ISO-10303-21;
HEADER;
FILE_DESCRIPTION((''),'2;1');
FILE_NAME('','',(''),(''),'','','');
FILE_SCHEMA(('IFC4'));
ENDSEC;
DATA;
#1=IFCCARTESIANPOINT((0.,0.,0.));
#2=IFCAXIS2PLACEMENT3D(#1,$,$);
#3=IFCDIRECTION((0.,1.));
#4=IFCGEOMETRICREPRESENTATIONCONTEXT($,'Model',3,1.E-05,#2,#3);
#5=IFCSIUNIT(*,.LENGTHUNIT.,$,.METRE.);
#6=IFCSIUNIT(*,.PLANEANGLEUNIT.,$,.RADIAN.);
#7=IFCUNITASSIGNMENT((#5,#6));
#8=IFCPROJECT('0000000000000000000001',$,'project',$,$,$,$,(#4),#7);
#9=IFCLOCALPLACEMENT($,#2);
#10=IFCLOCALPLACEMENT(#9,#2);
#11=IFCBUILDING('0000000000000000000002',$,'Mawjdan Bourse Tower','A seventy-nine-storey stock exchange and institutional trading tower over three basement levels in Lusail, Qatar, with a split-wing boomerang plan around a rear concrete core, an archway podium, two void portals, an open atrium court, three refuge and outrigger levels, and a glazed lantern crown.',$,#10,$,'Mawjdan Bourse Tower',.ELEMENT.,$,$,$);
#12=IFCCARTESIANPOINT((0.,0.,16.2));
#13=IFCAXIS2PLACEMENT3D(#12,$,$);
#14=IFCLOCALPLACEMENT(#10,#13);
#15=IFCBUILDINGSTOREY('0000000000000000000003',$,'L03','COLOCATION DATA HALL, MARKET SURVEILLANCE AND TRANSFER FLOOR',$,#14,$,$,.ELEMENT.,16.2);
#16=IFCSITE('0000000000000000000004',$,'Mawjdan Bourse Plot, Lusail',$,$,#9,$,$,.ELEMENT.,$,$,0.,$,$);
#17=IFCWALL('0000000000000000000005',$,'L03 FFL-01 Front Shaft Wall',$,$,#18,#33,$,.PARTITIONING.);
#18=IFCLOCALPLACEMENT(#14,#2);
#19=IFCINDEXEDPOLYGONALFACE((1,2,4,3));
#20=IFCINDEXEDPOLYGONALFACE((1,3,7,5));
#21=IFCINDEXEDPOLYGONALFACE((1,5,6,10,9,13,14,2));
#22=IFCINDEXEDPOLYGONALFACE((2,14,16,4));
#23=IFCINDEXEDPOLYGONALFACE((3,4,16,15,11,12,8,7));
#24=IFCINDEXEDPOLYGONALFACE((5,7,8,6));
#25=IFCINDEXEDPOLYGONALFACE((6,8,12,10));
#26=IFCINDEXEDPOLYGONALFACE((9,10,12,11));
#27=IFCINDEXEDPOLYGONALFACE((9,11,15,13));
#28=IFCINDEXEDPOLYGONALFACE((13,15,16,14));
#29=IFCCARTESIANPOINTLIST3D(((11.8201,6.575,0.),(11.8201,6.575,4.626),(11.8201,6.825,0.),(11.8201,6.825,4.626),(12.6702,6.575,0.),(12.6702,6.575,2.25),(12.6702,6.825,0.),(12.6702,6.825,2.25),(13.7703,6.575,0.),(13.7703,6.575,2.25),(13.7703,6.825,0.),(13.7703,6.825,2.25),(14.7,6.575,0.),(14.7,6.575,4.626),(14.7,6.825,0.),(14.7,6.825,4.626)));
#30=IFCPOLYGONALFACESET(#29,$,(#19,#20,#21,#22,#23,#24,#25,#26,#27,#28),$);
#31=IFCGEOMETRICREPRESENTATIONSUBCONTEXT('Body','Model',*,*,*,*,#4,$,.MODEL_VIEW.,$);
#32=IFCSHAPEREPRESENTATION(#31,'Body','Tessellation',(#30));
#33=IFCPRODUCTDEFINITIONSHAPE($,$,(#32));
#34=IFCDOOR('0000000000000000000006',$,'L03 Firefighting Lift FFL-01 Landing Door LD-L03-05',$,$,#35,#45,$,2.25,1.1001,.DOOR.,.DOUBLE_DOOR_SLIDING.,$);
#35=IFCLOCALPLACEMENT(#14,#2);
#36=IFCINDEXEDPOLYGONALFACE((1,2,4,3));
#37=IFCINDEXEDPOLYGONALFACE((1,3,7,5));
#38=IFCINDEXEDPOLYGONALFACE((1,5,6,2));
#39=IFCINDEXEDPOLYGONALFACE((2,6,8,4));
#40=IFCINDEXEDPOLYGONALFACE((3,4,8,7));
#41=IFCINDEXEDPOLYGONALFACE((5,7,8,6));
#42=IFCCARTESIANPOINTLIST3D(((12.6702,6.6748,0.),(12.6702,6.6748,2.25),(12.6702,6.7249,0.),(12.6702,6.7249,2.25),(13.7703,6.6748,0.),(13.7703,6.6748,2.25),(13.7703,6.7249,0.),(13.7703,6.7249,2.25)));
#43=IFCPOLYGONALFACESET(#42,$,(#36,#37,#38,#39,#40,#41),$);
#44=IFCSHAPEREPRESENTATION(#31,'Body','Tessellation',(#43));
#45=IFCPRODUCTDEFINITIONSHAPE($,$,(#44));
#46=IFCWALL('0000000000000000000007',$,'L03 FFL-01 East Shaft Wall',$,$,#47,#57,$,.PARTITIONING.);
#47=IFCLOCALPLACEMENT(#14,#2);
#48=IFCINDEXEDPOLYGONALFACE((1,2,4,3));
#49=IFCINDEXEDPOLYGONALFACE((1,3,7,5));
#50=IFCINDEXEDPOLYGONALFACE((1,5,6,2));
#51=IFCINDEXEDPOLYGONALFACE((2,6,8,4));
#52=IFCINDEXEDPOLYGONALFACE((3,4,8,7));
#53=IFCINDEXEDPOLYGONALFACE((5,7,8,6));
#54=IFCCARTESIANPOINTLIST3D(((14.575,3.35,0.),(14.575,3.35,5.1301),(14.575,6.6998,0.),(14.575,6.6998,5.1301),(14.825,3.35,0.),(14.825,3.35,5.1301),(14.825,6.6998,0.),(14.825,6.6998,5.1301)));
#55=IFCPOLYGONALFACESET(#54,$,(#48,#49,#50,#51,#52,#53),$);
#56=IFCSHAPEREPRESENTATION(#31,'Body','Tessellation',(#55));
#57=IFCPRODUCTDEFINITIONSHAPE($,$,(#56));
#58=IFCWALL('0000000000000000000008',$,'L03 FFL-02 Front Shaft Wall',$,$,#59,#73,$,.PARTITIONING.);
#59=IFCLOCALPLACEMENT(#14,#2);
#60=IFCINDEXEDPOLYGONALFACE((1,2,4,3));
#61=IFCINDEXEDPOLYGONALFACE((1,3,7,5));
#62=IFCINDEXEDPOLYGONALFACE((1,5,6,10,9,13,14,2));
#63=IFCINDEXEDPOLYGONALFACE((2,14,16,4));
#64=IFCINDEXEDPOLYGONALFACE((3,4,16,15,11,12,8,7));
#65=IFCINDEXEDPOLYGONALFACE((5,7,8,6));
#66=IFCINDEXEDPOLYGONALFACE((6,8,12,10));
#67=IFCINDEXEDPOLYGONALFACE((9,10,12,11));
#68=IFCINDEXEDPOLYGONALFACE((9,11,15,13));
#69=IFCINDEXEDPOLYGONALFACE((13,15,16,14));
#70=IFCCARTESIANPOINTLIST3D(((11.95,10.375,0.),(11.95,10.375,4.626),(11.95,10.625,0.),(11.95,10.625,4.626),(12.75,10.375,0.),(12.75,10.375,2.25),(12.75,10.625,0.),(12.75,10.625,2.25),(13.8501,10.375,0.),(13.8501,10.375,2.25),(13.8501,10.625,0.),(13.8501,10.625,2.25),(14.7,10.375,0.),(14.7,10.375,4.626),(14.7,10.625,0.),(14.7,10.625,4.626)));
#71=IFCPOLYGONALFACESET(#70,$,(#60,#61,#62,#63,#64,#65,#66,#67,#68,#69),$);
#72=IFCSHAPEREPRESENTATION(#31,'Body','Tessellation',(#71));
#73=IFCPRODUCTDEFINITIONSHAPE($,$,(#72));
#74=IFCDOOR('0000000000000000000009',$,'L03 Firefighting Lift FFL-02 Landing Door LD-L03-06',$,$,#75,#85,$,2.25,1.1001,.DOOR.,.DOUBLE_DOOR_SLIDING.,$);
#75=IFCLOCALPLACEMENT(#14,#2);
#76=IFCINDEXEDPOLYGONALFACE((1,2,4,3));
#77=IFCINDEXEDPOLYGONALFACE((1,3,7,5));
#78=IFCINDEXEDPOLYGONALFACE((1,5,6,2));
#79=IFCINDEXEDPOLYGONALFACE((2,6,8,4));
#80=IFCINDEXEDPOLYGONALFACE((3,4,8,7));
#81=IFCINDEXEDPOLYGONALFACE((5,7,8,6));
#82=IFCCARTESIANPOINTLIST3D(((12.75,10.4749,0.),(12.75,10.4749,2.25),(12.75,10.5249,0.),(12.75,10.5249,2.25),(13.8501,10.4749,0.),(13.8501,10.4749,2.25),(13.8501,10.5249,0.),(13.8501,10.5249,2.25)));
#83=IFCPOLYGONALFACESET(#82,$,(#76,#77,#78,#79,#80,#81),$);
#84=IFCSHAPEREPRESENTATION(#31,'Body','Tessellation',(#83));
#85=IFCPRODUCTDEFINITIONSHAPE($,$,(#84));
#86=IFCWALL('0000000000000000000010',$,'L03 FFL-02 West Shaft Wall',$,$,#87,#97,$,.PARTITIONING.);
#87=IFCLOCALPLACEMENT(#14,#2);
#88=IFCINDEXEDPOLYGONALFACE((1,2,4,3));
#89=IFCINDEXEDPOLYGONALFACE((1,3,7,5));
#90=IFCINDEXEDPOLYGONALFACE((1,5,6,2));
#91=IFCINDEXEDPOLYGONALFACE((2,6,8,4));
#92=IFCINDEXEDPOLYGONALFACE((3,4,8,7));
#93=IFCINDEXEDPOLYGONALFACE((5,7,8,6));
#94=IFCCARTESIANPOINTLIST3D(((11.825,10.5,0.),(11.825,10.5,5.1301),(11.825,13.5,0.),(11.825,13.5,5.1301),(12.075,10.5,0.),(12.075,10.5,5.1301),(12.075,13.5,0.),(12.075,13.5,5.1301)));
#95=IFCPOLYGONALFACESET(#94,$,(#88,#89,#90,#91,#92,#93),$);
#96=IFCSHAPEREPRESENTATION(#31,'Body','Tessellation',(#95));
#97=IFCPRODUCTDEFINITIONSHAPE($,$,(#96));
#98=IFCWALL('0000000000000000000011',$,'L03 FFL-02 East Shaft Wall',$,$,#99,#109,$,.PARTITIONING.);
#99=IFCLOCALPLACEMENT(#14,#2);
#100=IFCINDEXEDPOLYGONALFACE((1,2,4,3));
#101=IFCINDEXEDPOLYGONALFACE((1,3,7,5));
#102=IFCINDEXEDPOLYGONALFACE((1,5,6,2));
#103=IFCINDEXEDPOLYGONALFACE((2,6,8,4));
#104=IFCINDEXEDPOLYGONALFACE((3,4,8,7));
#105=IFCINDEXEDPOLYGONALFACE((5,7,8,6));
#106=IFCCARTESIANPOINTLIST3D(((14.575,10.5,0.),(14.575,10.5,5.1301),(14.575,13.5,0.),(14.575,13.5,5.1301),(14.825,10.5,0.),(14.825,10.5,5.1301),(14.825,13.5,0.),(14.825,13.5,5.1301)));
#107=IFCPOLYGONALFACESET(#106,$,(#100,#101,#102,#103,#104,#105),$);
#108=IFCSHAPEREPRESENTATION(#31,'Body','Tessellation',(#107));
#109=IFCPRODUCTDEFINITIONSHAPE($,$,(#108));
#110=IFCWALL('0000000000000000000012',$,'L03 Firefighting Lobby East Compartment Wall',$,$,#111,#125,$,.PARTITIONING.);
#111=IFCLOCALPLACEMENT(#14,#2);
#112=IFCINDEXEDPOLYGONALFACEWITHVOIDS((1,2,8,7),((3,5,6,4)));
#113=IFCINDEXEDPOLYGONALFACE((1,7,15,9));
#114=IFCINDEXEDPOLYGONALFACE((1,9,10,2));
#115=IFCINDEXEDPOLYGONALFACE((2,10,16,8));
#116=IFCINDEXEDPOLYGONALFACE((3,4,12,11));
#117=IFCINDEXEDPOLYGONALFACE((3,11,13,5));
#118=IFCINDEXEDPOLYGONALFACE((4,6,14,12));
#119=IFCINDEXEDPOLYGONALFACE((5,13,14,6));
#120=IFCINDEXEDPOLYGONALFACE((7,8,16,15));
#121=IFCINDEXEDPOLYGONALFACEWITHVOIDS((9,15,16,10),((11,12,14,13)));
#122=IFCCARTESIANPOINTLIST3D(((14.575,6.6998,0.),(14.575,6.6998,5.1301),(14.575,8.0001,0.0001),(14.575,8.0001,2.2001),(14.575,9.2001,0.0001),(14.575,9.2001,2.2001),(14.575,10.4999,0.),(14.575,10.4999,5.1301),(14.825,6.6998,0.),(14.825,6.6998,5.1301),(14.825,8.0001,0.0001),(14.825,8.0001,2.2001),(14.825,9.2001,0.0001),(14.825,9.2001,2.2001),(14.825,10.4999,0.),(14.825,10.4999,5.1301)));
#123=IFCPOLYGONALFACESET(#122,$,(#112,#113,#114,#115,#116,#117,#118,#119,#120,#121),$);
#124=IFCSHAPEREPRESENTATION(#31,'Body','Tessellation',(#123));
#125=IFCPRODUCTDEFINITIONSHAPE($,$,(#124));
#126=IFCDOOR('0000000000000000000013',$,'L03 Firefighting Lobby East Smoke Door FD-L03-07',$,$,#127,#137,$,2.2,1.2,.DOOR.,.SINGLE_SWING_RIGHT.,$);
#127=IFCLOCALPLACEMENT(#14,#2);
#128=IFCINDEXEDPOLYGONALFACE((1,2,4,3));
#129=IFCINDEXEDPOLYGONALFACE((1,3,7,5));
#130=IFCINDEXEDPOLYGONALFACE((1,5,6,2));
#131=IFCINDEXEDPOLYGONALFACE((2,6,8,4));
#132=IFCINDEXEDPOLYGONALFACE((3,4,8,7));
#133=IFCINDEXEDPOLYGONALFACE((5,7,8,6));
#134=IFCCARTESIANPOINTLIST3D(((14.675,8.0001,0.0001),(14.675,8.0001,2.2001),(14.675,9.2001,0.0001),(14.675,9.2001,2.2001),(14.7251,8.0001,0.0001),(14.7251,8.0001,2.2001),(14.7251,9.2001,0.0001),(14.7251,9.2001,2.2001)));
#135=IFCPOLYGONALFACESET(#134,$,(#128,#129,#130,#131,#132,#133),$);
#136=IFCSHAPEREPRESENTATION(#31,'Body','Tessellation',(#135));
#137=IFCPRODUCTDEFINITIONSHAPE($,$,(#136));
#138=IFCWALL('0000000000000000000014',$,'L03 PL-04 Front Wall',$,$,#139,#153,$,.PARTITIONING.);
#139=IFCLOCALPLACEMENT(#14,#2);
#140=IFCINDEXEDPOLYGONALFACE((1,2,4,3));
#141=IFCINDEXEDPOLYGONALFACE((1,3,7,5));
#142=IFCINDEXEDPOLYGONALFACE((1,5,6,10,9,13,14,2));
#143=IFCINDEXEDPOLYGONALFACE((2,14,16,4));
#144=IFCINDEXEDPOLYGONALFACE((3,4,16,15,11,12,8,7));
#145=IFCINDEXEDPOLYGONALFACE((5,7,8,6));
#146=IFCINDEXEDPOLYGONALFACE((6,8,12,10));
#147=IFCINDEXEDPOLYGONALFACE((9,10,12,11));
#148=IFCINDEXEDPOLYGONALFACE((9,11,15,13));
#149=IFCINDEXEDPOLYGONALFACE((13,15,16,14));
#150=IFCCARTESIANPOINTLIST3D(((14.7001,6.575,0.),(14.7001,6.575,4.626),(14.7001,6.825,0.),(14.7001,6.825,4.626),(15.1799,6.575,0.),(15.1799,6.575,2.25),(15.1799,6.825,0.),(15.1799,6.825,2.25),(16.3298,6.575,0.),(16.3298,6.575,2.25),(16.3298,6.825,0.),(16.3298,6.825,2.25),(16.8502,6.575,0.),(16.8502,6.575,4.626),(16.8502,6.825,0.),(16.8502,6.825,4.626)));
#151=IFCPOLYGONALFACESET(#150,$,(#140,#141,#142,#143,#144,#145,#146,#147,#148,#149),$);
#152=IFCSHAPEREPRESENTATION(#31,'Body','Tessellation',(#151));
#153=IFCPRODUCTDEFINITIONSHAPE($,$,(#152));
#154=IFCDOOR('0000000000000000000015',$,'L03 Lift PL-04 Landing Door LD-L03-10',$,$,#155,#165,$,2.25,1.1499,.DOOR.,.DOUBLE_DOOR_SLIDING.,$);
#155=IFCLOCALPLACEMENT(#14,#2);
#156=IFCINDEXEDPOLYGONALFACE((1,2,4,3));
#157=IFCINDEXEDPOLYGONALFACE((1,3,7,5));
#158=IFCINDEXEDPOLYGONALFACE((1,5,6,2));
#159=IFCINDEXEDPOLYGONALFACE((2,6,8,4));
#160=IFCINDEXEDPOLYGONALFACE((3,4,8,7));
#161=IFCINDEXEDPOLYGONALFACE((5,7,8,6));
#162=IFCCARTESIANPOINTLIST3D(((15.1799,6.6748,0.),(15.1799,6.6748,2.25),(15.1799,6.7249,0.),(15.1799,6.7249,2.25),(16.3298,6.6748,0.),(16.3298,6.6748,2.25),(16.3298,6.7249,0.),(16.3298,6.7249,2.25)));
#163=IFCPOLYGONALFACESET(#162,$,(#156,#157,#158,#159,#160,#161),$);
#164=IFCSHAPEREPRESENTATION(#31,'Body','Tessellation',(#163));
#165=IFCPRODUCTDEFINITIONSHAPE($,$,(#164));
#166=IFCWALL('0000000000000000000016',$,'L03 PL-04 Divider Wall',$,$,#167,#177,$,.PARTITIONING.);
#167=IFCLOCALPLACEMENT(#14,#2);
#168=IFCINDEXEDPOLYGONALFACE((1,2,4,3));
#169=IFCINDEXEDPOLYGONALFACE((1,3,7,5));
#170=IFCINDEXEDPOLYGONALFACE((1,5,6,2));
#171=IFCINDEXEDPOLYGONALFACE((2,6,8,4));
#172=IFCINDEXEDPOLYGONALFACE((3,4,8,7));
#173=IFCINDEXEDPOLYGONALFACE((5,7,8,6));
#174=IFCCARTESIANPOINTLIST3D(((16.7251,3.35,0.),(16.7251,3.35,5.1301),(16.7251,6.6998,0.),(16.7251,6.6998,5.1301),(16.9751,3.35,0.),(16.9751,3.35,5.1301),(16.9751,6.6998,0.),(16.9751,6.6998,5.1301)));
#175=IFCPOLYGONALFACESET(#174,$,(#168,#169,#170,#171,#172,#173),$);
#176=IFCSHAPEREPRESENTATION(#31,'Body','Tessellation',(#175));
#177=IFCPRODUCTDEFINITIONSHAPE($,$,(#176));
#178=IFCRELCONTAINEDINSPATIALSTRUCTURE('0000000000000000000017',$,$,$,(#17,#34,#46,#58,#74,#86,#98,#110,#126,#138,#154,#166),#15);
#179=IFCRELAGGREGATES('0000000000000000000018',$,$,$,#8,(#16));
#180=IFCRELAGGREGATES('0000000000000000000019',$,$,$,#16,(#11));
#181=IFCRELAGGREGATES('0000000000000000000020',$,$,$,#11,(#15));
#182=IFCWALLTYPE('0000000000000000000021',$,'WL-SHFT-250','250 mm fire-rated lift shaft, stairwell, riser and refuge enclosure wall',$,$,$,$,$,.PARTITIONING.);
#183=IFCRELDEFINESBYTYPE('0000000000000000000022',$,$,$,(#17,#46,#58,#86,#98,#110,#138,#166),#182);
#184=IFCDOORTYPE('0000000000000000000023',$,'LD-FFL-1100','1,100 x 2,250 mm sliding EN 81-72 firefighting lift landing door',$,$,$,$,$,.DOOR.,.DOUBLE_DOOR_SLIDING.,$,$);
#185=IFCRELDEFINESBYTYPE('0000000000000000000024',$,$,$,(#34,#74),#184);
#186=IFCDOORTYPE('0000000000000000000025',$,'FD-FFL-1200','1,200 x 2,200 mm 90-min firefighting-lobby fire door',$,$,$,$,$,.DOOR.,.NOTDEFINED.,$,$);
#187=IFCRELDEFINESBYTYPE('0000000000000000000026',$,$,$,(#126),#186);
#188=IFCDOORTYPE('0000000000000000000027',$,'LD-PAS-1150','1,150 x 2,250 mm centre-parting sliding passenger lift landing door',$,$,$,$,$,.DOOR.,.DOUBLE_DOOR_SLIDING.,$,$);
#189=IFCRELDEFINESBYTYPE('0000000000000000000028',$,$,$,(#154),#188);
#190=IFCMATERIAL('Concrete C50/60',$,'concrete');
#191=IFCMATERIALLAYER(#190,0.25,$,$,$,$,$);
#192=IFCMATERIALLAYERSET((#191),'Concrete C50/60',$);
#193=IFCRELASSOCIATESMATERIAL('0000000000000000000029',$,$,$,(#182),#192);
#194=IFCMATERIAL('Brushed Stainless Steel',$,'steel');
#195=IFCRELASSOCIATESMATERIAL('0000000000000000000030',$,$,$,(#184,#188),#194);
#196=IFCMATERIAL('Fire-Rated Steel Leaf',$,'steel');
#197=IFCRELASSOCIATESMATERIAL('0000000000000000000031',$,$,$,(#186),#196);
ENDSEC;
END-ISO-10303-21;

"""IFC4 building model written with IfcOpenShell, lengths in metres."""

from ifc_helpers import new_model, si_unit, direction, frame, frame_2d, origin, place, context, subcontext, project, spatial, rectangle, extrude, material, layer, layer_set, type_object, element, fill, save


model = new_model("IFC4")

# Units and contexts
model_context = context("Model", 3, precision=1e-05, world=origin(), true_north=direction((0.0, 1.0)))
body_context = subcontext(model_context, "Body", "Model", "MODEL_VIEW")
ifc_project = project(units=[si_unit("LENGTHUNIT", "METRE"), si_unit("PLANEANGLEUNIT", "RADIAN")], contexts=[model_context])

# Site, building, storey
site_placement = place(None, origin())
site = spatial("IfcSite", under=ifc_project, at=site_placement, Name="Mawjdan Bourse Plot, Lusail", CompositionType="ELEMENT", RefElevation=0.0)
building_placement = place(site_placement, origin())
building = spatial("IfcBuilding", under=site, at=building_placement, Name="Mawjdan Bourse Tower", Description="A seventy-nine-storey stock exchange and institutional trading tower over three basement levels in Lusail, Qatar, with a split-wing boomerang plan around a rear concrete core, an archway podium, two void portals, an open atrium court, three refuge and outrigger levels, and a glazed lantern crown.", LongName="Mawjdan Bourse Tower", CompositionType="ELEMENT")
storey_placement = place(building_placement, frame((0.0, 0.0, 16.2)))
storey = spatial("IfcBuildingStorey", under=building, at=storey_placement, Name="L03", Description="COLOCATION DATA HALL, MARKET SURVEILLANCE AND TRANSFER FLOOR", CompositionType="ELEMENT", Elevation=16.2)

# Shared definitions
ifc_material_1 = material(Name="Concrete C50/60", Category="concrete")
ifc_layer_1 = layer(ifc_material_1, 0.25)
ifc_layer_set_1 = layer_set([ifc_layer_1], Name="Concrete C50/60")
wall_type_1 = type_object("IfcWallType", Name="WL-SHFT-250", Description="250 mm fire-rated lift shaft, stairwell, riser and refuge enclosure wall", PredefinedType="PARTITIONING", material=ifc_layer_set_1)

# Wall, opening, door
wall_1_placement = place(storey_placement, frame((11.8201, 6.7, 0.0), z_axis=(0.0, 0.0, 1.0), x_axis=(1.0, 0.0, 0.0)))
wall_1 = element("IfcWall", 1, at=wall_1_placement, inside=storey, type_object=wall_type_1, Name="L03 FFL-01 Front Shaft Wall", PredefinedType="PARTITIONING", context=body_context, shape_type="SweptSolid", body=[
    extrude(rectangle(XDim=2.8799, YDim=0.25, at=frame_2d((1.4399, 0.0))), origin(), (0.0, 0.0, 1.0), 4.626),
])
opening_1_placement = place(wall_1_placement, frame((0.8501, 0.0, 0.0)))
opening_1 = element("IfcOpeningElement", 2, at=opening_1_placement, cuts=wall_1, PredefinedType="OPENING", context=body_context, shape_type="SweptSolid", body=[
    extrude(rectangle(XDim=1.1001, YDim=2.25, at=frame_2d((0.55, 1.125))), frame((0.0, 0.135, 0.0), z_axis=(0.0, -1.0, 0.0), x_axis=(1.0, 0.0, 0.0)), (0.0, 0.0, 1.0), 0.27),
])
ifc_material_2 = material(Name="Brushed Stainless Steel", Category="steel")
door_type_1 = type_object("IfcDoorType", Name="LD-FFL-1100", Description="1,100 x 2,250 mm sliding EN 81-72 firefighting lift landing door", OperationType="DOUBLE_DOOR_SLIDING", PredefinedType="DOOR", material=ifc_material_2)
door_1_placement = place(opening_1_placement, origin())
door_1 = element("IfcDoor", 3, at=door_1_placement, inside=storey, type_object=door_type_1, Name="L03 Firefighting Lift FFL-01 Landing Door LD-L03-05", OperationType="DOUBLE_DOOR_SLIDING", OverallHeight=2.25, OverallWidth=1.1001, PredefinedType="DOOR", context=body_context, shape_type="SweptSolid", body=[
    extrude(rectangle(XDim=1.1001, YDim=2.25, at=frame_2d((0.55, 1.125))), frame((0.0, 0.0249, 0.0), z_axis=(0.0, -1.0, 0.0), x_axis=(1.0, 0.0, 0.0)), (0.0, 0.0, 1.0), 0.05),
])
fill(opening_1, door_1)

# Wall
wall_2_placement = place(storey_placement, frame((14.7, 3.3501, 0.0), z_axis=(0.0, 0.0, 1.0), x_axis=(0.0, 1.0, 0.0)))
element("IfcWall", 4, at=wall_2_placement, inside=storey, type_object=wall_type_1, Name="L03 FFL-01 East Shaft Wall", PredefinedType="PARTITIONING", context=body_context, shape_type="SweptSolid", body=[
    extrude(rectangle(XDim=3.3499, YDim=0.25, at=frame_2d((1.6748, 0.0))), origin(), (0.0, 0.0, 1.0), 5.1301),
])

# Wall, opening, door
wall_3_placement = place(storey_placement, frame((11.95, 10.5, 0.0), z_axis=(0.0, 0.0, 1.0), x_axis=(1.0, 0.0, 0.0)))
wall_3 = element("IfcWall", 5, at=wall_3_placement, inside=storey, type_object=wall_type_1, Name="L03 FFL-02 Front Shaft Wall", PredefinedType="PARTITIONING", context=body_context, shape_type="SweptSolid", body=[
    extrude(rectangle(XDim=2.75, YDim=0.25, at=frame_2d((1.375, 0.0))), origin(), (0.0, 0.0, 1.0), 4.626),
])
opening_2_placement = place(wall_3_placement, frame((0.8, 0.0, 0.0)))
opening_2 = element("IfcOpeningElement", 6, at=opening_2_placement, cuts=wall_3, PredefinedType="OPENING", context=body_context, shape_type="SweptSolid", body=[
    extrude(rectangle(XDim=1.1001, YDim=2.25, at=frame_2d((0.55, 1.125))), frame((0.0, 0.135, 0.0), z_axis=(0.0, -1.0, 0.0), x_axis=(1.0, 0.0, 0.0)), (0.0, 0.0, 1.0), 0.27),
])
door_2_placement = place(opening_2_placement, origin())
door_2 = element("IfcDoor", 7, at=door_2_placement, inside=storey, type_object=door_type_1, Name="L03 Firefighting Lift FFL-02 Landing Door LD-L03-06", OperationType="DOUBLE_DOOR_SLIDING", OverallHeight=2.25, OverallWidth=1.1001, PredefinedType="DOOR", context=body_context, shape_type="SweptSolid", body=[
    extrude(rectangle(XDim=1.1001, YDim=2.25, at=frame_2d((0.55, 1.125))), frame((0.0, 0.0249, 0.0), z_axis=(0.0, -1.0, 0.0), x_axis=(1.0, 0.0, 0.0)), (0.0, 0.0, 1.0), 0.05),
])
fill(opening_2, door_2)

# Walls
for number, where, z_axis, x_axis, name in (
    (8, (11.95, 10.5, 0.0), (0.0, 0.0, 1.0), (0.0, 1.0, 0.0), "L03 FFL-02 West Shaft Wall"),
    (9, (14.7, 10.5, 0.0), (0.0, 0.0, 1.0), (0.0, 1.0, 0.0), "L03 FFL-02 East Shaft Wall"),
):
    element("IfcWall", number, at=place(storey_placement, frame(where, z_axis=z_axis, x_axis=x_axis)), inside=storey, type_object=wall_type_1, Name=name, PredefinedType="PARTITIONING", context=body_context, shape_type="SweptSolid", body=[
        extrude(rectangle(XDim=3.0, YDim=0.25, at=frame_2d((1.5, 0.0))), origin(), (0.0, 0.0, 1.0), 5.1301),
    ])

# Walls, openings, doors
wall_4_placement = place(storey_placement, frame((14.7, 6.7, 0.0), z_axis=(0.0, 0.0, 1.0), x_axis=(0.0, 1.0, 0.0)))
wall_4 = element("IfcWall", 10, at=wall_4_placement, inside=storey, type_object=wall_type_1, Name="L03 Firefighting Lobby East Compartment Wall", PredefinedType="PARTITIONING", context=body_context, shape_type="SweptSolid", body=[
    extrude(rectangle(XDim=3.8, YDim=0.25, at=frame_2d((1.8999, 0.0))), origin(), (0.0, 0.0, 1.0), 5.1301),
])
opening_3_placement = place(wall_4_placement, frame((1.3, 0.0, 0.0)))
opening_3 = element("IfcOpeningElement", 11, at=opening_3_placement, cuts=wall_4, PredefinedType="OPENING", context=body_context, shape_type="SweptSolid", body=[
    extrude(rectangle(XDim=1.2, YDim=2.2, at=frame_2d((0.6001, 1.1001))), frame((0.0, 0.135, 0.0), z_axis=(0.0, -1.0, 0.0), x_axis=(1.0, 0.0, 0.0)), (0.0, 0.0, 1.0), 0.27),
])
ifc_material_3 = material(Name="Fire-Rated Steel Leaf", Category="steel")
door_type_2 = type_object("IfcDoorType", Name="FD-FFL-1200", Description="1,200 x 2,200 mm 90-min firefighting-lobby fire door", OperationType="NOTDEFINED", PredefinedType="DOOR", material=ifc_material_3)
door_3_placement = place(opening_3_placement, origin())
door_3 = element("IfcDoor", 12, at=door_3_placement, inside=storey, type_object=door_type_2, Name="L03 Firefighting Lobby East Smoke Door FD-L03-07", OperationType="SINGLE_SWING_RIGHT", OverallHeight=2.2, OverallWidth=1.2, PredefinedType="DOOR", context=body_context, shape_type="SweptSolid", body=[
    extrude(rectangle(XDim=1.2, YDim=2.2, at=frame_2d((0.6001, 1.1001))), frame((0.0, 0.0249, 0.0), z_axis=(0.0, -1.0, 0.0), x_axis=(1.0, 0.0, 0.0)), (0.0, 0.0, 1.0), 0.05),
])
fill(opening_3, door_3)
wall_5_placement = place(storey_placement, frame((14.7, 6.7, 0.0), z_axis=(0.0, 0.0, 1.0), x_axis=(1.0, 0.0, 0.0)))
wall_5 = element("IfcWall", 13, at=wall_5_placement, inside=storey, type_object=wall_type_1, Name="L03 PL-04 Front Wall", PredefinedType="PARTITIONING", context=body_context, shape_type="SweptSolid", body=[
    extrude(rectangle(XDim=2.1501, YDim=0.25, at=frame_2d((1.0752, 0.0))), origin(), (0.0, 0.0, 1.0), 4.626),
])
opening_4_placement = place(wall_5_placement, frame((0.48, 0.0, 0.0)))
opening_4 = element("IfcOpeningElement", 14, at=opening_4_placement, cuts=wall_5, PredefinedType="OPENING", context=body_context, shape_type="SweptSolid", body=[
    extrude(rectangle(XDim=1.1499, YDim=2.25, at=frame_2d((0.575, 1.125))), frame((0.0, 0.135, 0.0), z_axis=(0.0, -1.0, 0.0), x_axis=(1.0, 0.0, 0.0)), (0.0, 0.0, 1.0), 0.27),
])
door_type_3 = type_object("IfcDoorType", Name="LD-PAS-1150", Description="1,150 x 2,250 mm centre-parting sliding passenger lift landing door", OperationType="DOUBLE_DOOR_SLIDING", PredefinedType="DOOR", material=ifc_material_2)
door_4_placement = place(opening_4_placement, origin())
door_4 = element("IfcDoor", 15, at=door_4_placement, inside=storey, type_object=door_type_3, Name="L03 Lift PL-04 Landing Door LD-L03-10", OperationType="DOUBLE_DOOR_SLIDING", OverallHeight=2.25, OverallWidth=1.1499, PredefinedType="DOOR", context=body_context, shape_type="SweptSolid", body=[
    extrude(rectangle(XDim=1.1499, YDim=2.25, at=frame_2d((0.575, 1.125))), frame((0.0, 0.0249, 0.0), z_axis=(0.0, -1.0, 0.0), x_axis=(1.0, 0.0, 0.0)), (0.0, 0.0, 1.0), 0.05),
])
fill(opening_4, door_4)

# Wall
wall_6_placement = place(storey_placement, frame((16.8501, 3.3501, 0.0), z_axis=(0.0, 0.0, 1.0), x_axis=(0.0, 1.0, 0.0)))
element("IfcWall", 16, at=wall_6_placement, inside=storey, type_object=wall_type_1, Name="L03 PL-04 Divider Wall", PredefinedType="PARTITIONING", context=body_context, shape_type="SweptSolid", body=[
    extrude(rectangle(XDim=3.3499, YDim=0.25, at=frame_2d((1.6748, 0.0))), origin(), (0.0, 0.0, 1.0), 5.1301),
])

save(model, "model.ifc")
